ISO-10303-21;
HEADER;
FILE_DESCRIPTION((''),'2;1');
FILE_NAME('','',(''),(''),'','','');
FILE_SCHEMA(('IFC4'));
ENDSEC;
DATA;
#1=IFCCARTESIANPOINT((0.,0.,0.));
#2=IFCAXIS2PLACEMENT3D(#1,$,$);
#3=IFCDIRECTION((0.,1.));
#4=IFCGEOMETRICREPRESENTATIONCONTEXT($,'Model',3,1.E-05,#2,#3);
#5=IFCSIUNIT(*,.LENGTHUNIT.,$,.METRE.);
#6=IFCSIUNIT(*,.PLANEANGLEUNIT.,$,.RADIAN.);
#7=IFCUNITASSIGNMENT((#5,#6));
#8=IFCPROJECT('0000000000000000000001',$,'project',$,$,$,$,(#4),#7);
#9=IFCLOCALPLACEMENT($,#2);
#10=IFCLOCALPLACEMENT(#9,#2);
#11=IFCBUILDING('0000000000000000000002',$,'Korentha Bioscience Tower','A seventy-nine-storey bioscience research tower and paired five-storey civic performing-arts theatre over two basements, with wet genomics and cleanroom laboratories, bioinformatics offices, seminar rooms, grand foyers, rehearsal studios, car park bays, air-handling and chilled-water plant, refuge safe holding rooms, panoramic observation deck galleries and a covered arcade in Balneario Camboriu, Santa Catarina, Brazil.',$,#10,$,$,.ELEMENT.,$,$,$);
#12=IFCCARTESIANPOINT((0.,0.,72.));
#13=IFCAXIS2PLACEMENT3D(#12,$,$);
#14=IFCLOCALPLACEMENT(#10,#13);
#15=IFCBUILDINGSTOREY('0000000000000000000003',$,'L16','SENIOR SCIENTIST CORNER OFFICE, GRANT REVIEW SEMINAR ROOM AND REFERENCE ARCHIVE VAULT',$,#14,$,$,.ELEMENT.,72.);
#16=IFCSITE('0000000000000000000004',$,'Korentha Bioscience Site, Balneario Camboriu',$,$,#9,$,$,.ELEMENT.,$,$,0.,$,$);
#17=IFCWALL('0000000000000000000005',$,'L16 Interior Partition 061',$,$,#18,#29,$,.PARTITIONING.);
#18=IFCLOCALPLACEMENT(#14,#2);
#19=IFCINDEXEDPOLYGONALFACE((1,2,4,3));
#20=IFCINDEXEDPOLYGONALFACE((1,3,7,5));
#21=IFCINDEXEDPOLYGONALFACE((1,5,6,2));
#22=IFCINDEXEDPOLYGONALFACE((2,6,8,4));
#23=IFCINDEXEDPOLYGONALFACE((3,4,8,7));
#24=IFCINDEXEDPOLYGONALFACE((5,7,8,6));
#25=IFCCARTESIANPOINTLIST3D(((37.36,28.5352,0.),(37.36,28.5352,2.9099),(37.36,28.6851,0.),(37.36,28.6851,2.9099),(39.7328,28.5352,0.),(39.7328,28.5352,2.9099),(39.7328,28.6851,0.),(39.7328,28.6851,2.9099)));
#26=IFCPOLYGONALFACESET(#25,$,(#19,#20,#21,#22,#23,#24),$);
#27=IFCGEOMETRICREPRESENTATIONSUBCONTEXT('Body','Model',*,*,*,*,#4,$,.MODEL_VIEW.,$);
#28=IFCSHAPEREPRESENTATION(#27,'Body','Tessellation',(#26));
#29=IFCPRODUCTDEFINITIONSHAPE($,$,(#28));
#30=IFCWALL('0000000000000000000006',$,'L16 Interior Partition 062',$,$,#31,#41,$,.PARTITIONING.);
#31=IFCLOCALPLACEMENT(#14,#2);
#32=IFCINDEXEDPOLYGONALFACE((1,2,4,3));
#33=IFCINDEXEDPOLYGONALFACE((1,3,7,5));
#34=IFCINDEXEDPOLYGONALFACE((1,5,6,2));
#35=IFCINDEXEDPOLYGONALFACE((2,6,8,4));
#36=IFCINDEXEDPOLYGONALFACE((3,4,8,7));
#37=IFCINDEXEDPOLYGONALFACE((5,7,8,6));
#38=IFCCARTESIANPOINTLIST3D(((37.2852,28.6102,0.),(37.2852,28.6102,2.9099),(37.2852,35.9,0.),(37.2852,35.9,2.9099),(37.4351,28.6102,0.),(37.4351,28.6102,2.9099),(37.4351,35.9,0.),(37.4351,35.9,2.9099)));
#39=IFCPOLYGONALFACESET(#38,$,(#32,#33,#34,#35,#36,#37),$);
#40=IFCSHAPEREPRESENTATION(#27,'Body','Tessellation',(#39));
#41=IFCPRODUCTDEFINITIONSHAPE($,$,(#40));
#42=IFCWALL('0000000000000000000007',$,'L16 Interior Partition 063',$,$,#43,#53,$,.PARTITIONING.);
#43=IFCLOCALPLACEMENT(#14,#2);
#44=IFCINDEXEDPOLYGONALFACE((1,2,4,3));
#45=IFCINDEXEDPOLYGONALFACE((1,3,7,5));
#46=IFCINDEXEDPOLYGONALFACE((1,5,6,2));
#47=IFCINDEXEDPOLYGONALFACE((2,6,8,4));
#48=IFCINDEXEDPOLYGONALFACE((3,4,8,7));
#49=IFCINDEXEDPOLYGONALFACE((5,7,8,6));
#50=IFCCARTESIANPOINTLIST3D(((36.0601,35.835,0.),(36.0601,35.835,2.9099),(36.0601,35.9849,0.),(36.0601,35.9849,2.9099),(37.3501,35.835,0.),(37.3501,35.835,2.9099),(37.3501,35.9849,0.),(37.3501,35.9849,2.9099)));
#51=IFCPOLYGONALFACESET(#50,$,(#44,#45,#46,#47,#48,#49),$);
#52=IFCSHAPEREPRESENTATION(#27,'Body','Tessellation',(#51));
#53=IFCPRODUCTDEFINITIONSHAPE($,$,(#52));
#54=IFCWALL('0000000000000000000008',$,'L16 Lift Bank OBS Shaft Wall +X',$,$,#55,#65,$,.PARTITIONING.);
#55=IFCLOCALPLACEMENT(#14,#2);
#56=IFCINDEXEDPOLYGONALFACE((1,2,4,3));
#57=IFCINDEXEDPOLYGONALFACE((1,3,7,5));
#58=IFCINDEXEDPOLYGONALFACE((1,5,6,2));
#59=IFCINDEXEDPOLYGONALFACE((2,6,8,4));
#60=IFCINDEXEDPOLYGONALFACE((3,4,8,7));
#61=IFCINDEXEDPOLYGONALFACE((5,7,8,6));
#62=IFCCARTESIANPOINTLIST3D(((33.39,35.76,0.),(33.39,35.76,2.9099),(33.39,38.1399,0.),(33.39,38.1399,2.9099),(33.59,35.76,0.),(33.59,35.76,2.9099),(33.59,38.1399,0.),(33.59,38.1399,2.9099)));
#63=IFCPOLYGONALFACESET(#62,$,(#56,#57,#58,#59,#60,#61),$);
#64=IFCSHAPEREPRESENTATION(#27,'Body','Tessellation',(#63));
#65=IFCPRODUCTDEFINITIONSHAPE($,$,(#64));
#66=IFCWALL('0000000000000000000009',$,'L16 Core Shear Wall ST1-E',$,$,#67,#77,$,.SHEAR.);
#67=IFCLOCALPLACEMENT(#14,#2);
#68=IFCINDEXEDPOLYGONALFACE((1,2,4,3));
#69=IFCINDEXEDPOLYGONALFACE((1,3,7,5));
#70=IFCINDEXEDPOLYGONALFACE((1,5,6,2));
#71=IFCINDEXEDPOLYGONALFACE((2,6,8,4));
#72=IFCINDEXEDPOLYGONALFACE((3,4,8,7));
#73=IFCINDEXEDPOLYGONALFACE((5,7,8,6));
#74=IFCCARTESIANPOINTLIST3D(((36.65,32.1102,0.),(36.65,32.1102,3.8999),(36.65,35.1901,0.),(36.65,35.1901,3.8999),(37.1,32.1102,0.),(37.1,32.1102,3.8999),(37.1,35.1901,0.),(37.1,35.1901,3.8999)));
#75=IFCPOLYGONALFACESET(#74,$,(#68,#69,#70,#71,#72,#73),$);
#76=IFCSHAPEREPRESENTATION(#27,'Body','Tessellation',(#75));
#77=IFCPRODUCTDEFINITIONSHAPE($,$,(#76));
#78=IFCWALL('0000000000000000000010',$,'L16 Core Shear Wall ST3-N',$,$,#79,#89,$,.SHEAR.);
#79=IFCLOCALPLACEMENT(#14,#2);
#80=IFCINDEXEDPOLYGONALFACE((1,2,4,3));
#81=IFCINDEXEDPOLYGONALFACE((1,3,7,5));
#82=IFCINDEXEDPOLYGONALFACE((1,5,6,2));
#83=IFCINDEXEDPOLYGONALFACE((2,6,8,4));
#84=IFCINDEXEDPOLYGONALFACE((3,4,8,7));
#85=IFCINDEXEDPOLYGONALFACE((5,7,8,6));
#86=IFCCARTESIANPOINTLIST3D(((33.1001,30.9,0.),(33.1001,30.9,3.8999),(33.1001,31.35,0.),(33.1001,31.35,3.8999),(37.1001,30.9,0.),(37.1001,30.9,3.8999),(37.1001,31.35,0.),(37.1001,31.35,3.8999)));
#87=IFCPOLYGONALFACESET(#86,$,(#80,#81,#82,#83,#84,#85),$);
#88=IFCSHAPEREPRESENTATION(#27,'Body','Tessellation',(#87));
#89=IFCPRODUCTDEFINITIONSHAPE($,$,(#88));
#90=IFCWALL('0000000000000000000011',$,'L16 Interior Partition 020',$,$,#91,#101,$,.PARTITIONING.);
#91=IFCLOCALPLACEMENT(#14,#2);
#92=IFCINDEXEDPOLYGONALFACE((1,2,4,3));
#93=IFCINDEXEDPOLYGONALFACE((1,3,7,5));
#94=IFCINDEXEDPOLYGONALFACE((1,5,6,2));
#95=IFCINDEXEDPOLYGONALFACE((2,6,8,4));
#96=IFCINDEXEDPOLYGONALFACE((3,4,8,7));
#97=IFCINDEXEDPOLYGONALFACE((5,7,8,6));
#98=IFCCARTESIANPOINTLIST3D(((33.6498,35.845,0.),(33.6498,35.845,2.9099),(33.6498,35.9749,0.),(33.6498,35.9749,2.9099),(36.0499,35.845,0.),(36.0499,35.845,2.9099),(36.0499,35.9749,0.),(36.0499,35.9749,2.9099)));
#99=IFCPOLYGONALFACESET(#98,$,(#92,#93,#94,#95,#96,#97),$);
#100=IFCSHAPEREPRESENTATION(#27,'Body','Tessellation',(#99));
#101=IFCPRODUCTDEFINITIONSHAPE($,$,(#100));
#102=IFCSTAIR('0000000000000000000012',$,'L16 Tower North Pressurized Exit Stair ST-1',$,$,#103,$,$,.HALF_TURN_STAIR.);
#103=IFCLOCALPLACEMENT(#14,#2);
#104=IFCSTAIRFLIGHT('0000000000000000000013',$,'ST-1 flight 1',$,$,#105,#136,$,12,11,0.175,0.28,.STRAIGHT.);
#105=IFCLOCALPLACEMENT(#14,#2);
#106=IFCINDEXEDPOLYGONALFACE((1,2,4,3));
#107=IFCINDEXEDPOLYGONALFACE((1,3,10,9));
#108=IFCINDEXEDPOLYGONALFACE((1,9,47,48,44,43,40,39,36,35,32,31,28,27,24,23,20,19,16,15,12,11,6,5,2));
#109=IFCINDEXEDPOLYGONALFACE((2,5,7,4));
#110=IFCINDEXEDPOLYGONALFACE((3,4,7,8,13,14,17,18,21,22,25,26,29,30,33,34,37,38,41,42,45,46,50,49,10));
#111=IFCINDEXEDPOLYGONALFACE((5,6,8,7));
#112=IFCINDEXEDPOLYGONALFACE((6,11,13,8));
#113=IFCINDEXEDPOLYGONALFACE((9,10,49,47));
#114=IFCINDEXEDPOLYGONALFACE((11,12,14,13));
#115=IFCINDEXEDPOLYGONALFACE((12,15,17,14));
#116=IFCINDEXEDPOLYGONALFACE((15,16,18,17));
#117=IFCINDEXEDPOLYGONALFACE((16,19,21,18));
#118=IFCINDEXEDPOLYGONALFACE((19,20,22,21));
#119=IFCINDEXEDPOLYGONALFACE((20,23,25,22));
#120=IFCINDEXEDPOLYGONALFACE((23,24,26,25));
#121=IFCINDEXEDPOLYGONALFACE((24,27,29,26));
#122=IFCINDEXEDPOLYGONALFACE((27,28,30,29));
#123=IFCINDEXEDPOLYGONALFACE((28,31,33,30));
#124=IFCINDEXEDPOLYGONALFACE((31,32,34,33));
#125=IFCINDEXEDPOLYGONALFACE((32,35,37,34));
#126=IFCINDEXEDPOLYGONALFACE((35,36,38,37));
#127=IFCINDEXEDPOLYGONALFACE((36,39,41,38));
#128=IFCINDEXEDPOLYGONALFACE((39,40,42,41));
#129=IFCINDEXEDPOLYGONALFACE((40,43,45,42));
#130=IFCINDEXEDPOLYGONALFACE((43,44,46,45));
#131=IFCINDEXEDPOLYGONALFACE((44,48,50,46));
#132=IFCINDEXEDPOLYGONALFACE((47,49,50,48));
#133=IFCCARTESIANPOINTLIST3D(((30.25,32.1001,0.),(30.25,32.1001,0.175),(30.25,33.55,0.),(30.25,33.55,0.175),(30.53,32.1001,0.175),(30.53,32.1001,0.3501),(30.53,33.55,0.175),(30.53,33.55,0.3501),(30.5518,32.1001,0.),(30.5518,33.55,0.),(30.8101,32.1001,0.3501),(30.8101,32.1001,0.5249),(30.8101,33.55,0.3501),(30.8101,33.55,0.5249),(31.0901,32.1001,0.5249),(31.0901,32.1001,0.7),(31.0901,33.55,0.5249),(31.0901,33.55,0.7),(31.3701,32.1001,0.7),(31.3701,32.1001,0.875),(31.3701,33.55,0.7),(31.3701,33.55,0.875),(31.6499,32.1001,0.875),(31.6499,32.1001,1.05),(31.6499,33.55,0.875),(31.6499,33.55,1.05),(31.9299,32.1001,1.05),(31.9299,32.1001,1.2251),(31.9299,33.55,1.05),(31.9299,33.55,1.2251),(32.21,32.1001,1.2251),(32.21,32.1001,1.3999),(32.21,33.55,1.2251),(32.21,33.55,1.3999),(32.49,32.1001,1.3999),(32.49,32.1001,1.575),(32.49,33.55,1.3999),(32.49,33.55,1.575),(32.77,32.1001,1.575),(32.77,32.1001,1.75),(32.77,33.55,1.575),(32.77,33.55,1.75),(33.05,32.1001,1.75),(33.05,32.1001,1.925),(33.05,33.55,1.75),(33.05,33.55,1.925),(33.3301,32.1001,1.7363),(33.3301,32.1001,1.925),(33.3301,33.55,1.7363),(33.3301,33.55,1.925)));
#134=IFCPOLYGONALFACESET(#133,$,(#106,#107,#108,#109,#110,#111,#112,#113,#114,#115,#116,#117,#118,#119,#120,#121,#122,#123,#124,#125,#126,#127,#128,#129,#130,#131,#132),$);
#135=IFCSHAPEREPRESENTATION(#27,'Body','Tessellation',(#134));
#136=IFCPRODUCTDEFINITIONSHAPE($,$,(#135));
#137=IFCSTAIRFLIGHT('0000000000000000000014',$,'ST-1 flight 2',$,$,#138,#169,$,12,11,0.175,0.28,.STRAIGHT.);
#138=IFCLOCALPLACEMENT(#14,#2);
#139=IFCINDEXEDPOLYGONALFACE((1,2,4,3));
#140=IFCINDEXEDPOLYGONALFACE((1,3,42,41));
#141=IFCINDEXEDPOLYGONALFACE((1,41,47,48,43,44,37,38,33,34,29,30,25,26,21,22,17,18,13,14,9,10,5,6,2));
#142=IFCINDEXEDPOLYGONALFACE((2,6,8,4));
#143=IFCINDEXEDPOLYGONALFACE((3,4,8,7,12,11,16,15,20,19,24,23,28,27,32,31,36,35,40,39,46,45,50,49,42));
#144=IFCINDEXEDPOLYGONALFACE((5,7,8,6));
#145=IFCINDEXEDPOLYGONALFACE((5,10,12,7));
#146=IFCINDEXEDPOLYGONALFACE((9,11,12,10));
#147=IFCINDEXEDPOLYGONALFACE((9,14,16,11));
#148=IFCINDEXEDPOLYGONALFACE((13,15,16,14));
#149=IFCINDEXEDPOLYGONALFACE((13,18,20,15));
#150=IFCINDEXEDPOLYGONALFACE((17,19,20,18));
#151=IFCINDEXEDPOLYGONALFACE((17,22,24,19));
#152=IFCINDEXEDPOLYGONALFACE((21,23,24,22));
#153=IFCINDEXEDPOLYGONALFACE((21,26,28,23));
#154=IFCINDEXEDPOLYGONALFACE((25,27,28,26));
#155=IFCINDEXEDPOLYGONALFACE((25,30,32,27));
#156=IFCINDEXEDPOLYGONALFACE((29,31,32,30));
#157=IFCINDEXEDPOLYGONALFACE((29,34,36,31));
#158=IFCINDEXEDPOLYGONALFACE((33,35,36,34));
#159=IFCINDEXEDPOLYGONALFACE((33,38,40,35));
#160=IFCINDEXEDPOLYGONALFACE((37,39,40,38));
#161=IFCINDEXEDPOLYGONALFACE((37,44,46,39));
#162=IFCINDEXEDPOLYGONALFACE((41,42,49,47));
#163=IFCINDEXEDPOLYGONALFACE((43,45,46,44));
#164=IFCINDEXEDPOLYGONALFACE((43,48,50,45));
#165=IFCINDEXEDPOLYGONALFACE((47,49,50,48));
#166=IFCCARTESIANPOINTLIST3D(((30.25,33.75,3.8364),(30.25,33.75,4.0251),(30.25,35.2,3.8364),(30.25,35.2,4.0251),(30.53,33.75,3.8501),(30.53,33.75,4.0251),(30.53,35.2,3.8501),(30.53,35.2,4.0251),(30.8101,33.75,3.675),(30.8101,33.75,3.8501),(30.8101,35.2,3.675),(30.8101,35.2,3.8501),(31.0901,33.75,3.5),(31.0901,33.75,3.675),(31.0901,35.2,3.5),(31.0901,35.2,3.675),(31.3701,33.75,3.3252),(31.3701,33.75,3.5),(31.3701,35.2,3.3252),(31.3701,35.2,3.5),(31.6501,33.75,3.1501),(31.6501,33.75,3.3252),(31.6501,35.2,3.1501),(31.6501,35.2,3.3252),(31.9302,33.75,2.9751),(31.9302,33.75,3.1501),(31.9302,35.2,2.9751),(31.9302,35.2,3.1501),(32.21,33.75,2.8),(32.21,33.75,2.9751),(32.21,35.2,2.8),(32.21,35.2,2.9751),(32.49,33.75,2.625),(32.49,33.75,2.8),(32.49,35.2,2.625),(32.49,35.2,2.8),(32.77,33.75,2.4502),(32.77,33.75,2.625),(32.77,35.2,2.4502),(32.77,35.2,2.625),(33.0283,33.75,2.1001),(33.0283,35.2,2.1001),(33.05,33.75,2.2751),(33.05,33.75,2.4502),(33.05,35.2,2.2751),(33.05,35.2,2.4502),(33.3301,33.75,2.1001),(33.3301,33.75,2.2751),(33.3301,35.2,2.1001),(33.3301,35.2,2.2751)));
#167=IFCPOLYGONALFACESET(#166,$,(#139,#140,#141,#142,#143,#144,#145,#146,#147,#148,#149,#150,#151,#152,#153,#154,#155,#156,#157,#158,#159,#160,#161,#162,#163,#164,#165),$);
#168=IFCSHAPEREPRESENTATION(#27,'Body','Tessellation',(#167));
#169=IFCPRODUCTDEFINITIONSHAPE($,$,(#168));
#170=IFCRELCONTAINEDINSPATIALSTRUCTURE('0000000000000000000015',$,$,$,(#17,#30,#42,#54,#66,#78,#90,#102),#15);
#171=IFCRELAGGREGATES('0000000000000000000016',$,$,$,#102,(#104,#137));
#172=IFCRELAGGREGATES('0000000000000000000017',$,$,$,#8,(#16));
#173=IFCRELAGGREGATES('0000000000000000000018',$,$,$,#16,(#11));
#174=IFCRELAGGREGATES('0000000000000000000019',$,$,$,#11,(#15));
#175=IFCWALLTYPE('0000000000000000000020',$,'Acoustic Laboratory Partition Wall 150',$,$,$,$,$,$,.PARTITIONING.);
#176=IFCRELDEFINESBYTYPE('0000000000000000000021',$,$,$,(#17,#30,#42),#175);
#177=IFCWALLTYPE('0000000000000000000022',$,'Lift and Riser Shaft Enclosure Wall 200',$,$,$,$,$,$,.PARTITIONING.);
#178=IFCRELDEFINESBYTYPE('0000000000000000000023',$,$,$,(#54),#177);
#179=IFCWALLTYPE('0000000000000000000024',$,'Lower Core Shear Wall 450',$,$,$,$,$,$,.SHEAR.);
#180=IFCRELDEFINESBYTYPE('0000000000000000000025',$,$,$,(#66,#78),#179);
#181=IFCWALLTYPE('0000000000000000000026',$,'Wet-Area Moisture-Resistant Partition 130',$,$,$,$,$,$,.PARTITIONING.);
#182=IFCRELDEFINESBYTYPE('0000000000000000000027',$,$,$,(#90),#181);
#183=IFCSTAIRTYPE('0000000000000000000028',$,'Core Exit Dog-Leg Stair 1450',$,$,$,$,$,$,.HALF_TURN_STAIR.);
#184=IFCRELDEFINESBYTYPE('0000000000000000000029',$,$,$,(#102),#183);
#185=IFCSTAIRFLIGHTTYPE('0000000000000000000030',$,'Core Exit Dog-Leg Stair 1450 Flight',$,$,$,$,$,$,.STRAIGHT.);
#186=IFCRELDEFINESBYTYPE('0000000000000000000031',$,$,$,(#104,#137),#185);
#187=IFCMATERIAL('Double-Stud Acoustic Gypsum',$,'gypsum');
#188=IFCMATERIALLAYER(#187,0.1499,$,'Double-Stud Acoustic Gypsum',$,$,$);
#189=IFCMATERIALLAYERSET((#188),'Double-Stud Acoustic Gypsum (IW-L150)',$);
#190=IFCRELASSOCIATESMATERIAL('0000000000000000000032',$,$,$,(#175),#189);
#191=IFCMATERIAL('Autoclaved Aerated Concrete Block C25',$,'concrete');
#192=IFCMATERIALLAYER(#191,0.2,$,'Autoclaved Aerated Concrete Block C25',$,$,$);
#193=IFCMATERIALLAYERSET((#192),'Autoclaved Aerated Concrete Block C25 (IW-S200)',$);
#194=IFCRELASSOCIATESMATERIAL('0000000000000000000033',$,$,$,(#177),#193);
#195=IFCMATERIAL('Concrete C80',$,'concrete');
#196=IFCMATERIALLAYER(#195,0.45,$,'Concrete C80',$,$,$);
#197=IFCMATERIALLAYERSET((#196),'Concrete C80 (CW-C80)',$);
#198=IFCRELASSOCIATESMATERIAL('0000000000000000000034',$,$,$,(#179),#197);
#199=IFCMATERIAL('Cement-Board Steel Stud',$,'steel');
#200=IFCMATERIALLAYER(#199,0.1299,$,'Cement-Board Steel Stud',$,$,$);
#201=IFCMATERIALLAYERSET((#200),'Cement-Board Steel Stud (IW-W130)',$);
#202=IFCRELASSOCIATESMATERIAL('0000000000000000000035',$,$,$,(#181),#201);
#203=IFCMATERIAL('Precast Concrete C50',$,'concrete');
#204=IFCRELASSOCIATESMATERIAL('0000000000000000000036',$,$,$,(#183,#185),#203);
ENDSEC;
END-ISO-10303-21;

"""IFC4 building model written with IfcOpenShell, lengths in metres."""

from ifc_helpers import new_model, si_unit, direction, frame, frame_2d, origin, place, context, subcontext, project, spatial, polyline, rectangle, outline, extrude, material, layer, layer_set, type_object, element, aggregate, save


model = new_model("IFC4")

# Units and contexts
model_context = context("Model", 3, precision=1e-05, world=origin(), true_north=direction((0.0, 1.0)))
body_context = subcontext(model_context, "Body", "Model", "MODEL_VIEW")
ifc_project = project(units=[si_unit("LENGTHUNIT", "METRE"), si_unit("PLANEANGLEUNIT", "RADIAN")], contexts=[model_context])

# Site, building, storey
site_placement = place(None, origin())
site = spatial("IfcSite", under=ifc_project, at=site_placement, Name="Korentha Bioscience Site, Balneario Camboriu", CompositionType="ELEMENT", RefElevation=0.0)
building_placement = place(site_placement, origin())
building = spatial("IfcBuilding", under=site, at=building_placement, Name="Korentha Bioscience Tower", Description="A seventy-nine-storey bioscience research tower and paired five-storey civic performing-arts theatre over two basements, with wet genomics and cleanroom laboratories, bioinformatics offices, seminar rooms, grand foyers, rehearsal studios, car park bays, air-handling and chilled-water plant, refuge safe holding rooms, panoramic observation deck galleries and a covered arcade in Balneario Camboriu, Santa Catarina, Brazil.", CompositionType="ELEMENT")
storey_placement = place(building_placement, frame((0.0, 0.0, 72.0)))
storey = spatial("IfcBuildingStorey", under=building, at=storey_placement, Name="L16", Description="SENIOR SCIENTIST CORNER OFFICE, GRANT REVIEW SEMINAR ROOM AND REFERENCE ARCHIVE VAULT", CompositionType="ELEMENT", Elevation=72.0)

# Walls
ifc_material_1 = material(Name="Double-Stud Acoustic Gypsum", Category="gypsum")
ifc_layer_1 = layer(ifc_material_1, 0.1499, Name="Double-Stud Acoustic Gypsum")
ifc_layer_set_1 = layer_set([ifc_layer_1], Name="Double-Stud Acoustic Gypsum (IW-L150)")
wall_type_1 = type_object("IfcWallType", Name="Acoustic Laboratory Partition Wall 150", PredefinedType="PARTITIONING", material=ifc_layer_set_1)
wall_1_placement = place(storey_placement, frame((39.7329, 28.6101, 0.0), z_axis=(0.0, 0.0, 1.0), x_axis=(-1.0, 0.0, 0.0)))
element("IfcWall", 1, at=wall_1_placement, inside=storey, type_object=wall_type_1, Name="L16 Interior Partition 061", PredefinedType="PARTITIONING", context=body_context, shape_type="SweptSolid", body=[
    extrude(rectangle(XDim=2.3728, YDim=0.1499, at=frame_2d((1.1865, 0.0))), origin(), (0.0, 0.0, 1.0), 2.9099),
])
wall_2_placement = place(storey_placement, frame((37.3601, 28.6101, 0.0), z_axis=(0.0, 0.0, 1.0), x_axis=(0.0, 1.0, 0.0)))
element("IfcWall", 2, at=wall_2_placement, inside=storey, type_object=wall_type_1, Name="L16 Interior Partition 062", PredefinedType="PARTITIONING", context=body_context, shape_type="SweptSolid", body=[
    extrude(rectangle(XDim=7.2898, YDim=0.1499, at=frame_2d((3.645, 0.0))), origin(), (0.0, 0.0, 1.0), 2.9099),
])
wall_3_placement = place(storey_placement, frame((37.3501, 35.9099, 0.0), z_axis=(0.0, 0.0, 1.0), x_axis=(-1.0, 0.0, 0.0)))
element("IfcWall", 3, at=wall_3_placement, inside=storey, type_object=wall_type_1, Name="L16 Interior Partition 063", PredefinedType="PARTITIONING", context=body_context, shape_type="SweptSolid", body=[
    extrude(rectangle(XDim=1.29, YDim=0.1499, at=frame_2d((0.645, 0.0))), origin(), (0.0, 0.0, 1.0), 2.9099),
])
ifc_material_2 = material(Name="Autoclaved Aerated Concrete Block C25", Category="concrete")
ifc_layer_2 = layer(ifc_material_2, 0.2, Name="Autoclaved Aerated Concrete Block C25")
ifc_layer_set_2 = layer_set([ifc_layer_2], Name="Autoclaved Aerated Concrete Block C25 (IW-S200)")
wall_type_2 = type_object("IfcWallType", Name="Lift and Riser Shaft Enclosure Wall 200", PredefinedType="PARTITIONING", material=ifc_layer_set_2)
wall_4_placement = place(storey_placement, frame((33.49, 35.76, 0.0), z_axis=(0.0, 0.0, 1.0), x_axis=(0.0, 1.0, 0.0)))
element("IfcWall", 4, at=wall_4_placement, inside=storey, type_object=wall_type_2, Name="L16 Lift Bank OBS Shaft Wall +X", PredefinedType="PARTITIONING", context=body_context, shape_type="SweptSolid", body=[
    extrude(rectangle(XDim=2.3799, YDim=0.2, at=frame_2d((1.1899, 0.0))), origin(), (0.0, 0.0, 1.0), 2.9099),
])
ifc_material_3 = material(Name="Concrete C80", Category="concrete")
ifc_layer_3 = layer(ifc_material_3, 0.45, Name="Concrete C80")
ifc_layer_set_3 = layer_set([ifc_layer_3], Name="Concrete C80 (CW-C80)")
wall_type_3 = type_object("IfcWallType", Name="Lower Core Shear Wall 450", PredefinedType="SHEAR", material=ifc_layer_set_3)
wall_5_placement = place(storey_placement, frame((36.875, 32.1101, 0.0), z_axis=(0.0, 0.0, 1.0), x_axis=(0.0, 1.0, 0.0)))
element("IfcWall", 5, at=wall_5_placement, inside=storey, type_object=wall_type_3, Name="L16 Core Shear Wall ST1-E", PredefinedType="SHEAR", context=body_context, shape_type="SweptSolid", body=[
    extrude(rectangle(XDim=3.0798, YDim=0.45, at=frame_2d((1.54, 0.0))), origin(), (0.0, 0.0, 1.0), 3.8999),
])
wall_6_placement = place(storey_placement, frame((33.1001, 31.125, 0.0), z_axis=(0.0, 0.0, 1.0), x_axis=(1.0, 0.0, 0.0)))
element("IfcWall", 6, at=wall_6_placement, inside=storey, type_object=wall_type_3, Name="L16 Core Shear Wall ST3-N", PredefinedType="SHEAR", context=body_context, shape_type="SweptSolid", body=[
    extrude(rectangle(XDim=4.0, YDim=0.45, at=frame_2d((2.0, 0.0))), origin(), (0.0, 0.0, 1.0), 3.8999),
])

# Shared definitions
ifc_material_4 = material(Name="Cement-Board Steel Stud", Category="steel")
ifc_layer_4 = layer(ifc_material_4, 0.1299, Name="Cement-Board Steel Stud")
ifc_layer_set_4 = layer_set([ifc_layer_4], Name="Cement-Board Steel Stud (IW-W130)")
wall_type_4 = type_object("IfcWallType", Name="Wet-Area Moisture-Resistant Partition 130", PredefinedType="PARTITIONING", material=ifc_layer_set_4)

# Wall
wall_7_placement = place(storey_placement, frame((36.05, 35.9099, 0.0), z_axis=(0.0, 0.0, 1.0), x_axis=(-1.0, 0.0, 0.0)))
element("IfcWall", 7, at=wall_7_placement, inside=storey, type_object=wall_type_4, Name="L16 Interior Partition 020", PredefinedType="PARTITIONING", context=body_context, shape_type="SweptSolid", body=[
    extrude(rectangle(XDim=2.4001, YDim=0.1299, at=frame_2d((1.2002, 0.0))), origin(), (0.0, 0.0, 1.0), 2.9099),
])

# Stair, stair flights
ifc_material_5 = material(Name="Precast Concrete C50", Category="concrete")
stair_type = type_object("IfcStairType", Name="Core Exit Dog-Leg Stair 1450", PredefinedType="HALF_TURN_STAIR", material=ifc_material_5)
stair_1_placement = place(storey_placement, origin())
stair_1 = element("IfcStair", 8, at=stair_1_placement, inside=storey, type_object=stair_type, Name="L16 Tower North Pressurized Exit Stair ST-1", PredefinedType="HALF_TURN_STAIR")
stair_flight_type = type_object("IfcStairFlightType", Name="Core Exit Dog-Leg Stair 1450 Flight", PredefinedType="STRAIGHT", material=ifc_material_5)
stair_flight_1_placement = place(storey_placement, frame((30.25, 32.825, 0.0), z_axis=(0.0, 0.0, 1.0), x_axis=(1.0, 0.0, 0.0)))
stair_flight_1 = element("IfcStairFlight", 9, at=stair_flight_1_placement, type_object=stair_flight_type, Name="ST-1 flight 1", NumberOfRisers=12, NumberOfTreads=11, PredefinedType="STRAIGHT", RiserHeight=0.175, TreadLength=0.28, context=body_context, shape_type="SweptSolid", body=[
    extrude(outline(polyline([(0.0, 0.0), (0.0, 0.175), (0.28, 0.175), (0.28, 0.3501), (0.5601, 0.3501), (0.5601, 0.5249), (0.8401, 0.5249), (0.8401, 0.7), (1.1201, 0.7), (1.1201, 0.875), (1.3999, 0.875), (1.3999, 1.05), (1.6799, 1.05), (1.6799, 1.2251), (1.96, 1.2251), (1.96, 1.3999), (2.24, 1.3999), (2.24, 1.575), (2.52, 1.575), (2.52, 1.75), (2.8, 1.75), (2.8, 1.925), (3.0801, 1.925), (3.0801, 2.1001), (3.0801, 1.7363), (0.3018, 0.0), (0.0, 0.0)])), frame((0.0, 0.7251, 0.0), z_axis=(0.0, -1.0, 0.0), x_axis=(1.0, 0.0, 0.0)), (0.0, 0.0, 1.0), 1.45),
])
stair_flight_2_placement = place(storey_placement, frame((33.3301, 34.4751, 2.1001), z_axis=(0.0, 0.0, 1.0), x_axis=(-1.0, 0.0, 0.0)))
stair_flight_2 = element("IfcStairFlight", 10, at=stair_flight_2_placement, type_object=stair_flight_type, Name="ST-1 flight 2", NumberOfRisers=12, NumberOfTreads=11, PredefinedType="STRAIGHT", RiserHeight=0.175, TreadLength=0.28, context=body_context, shape_type="SweptSolid", body=[
    extrude(outline(polyline([(0.0, 0.0), (0.0, 0.175), (0.28, 0.175), (0.28, 0.3501), (0.5601, 0.3501), (0.5601, 0.5249), (0.8401, 0.5249), (0.8401, 0.7), (1.1201, 0.7), (1.1201, 0.875), (1.3999, 0.875), (1.3999, 1.05), (1.6799, 1.05), (1.6799, 1.2251), (1.96, 1.2251), (1.96, 1.3999), (2.24, 1.3999), (2.24, 1.575), (2.52, 1.575), (2.52, 1.75), (2.8, 1.75), (2.8, 1.925), (3.0801, 1.925), (3.0801, 2.1001), (3.0801, 1.7363), (0.3018, 0.0), (0.0, 0.0)])), frame((0.0, 0.7251, 0.0), z_axis=(0.0, -1.0, 0.0), x_axis=(1.0, 0.0, 0.0)), (0.0, 0.0, 1.0), 1.45),
])
aggregate(stair_1, [stair_flight_1, stair_flight_2])

save(model, "model.ifc")
